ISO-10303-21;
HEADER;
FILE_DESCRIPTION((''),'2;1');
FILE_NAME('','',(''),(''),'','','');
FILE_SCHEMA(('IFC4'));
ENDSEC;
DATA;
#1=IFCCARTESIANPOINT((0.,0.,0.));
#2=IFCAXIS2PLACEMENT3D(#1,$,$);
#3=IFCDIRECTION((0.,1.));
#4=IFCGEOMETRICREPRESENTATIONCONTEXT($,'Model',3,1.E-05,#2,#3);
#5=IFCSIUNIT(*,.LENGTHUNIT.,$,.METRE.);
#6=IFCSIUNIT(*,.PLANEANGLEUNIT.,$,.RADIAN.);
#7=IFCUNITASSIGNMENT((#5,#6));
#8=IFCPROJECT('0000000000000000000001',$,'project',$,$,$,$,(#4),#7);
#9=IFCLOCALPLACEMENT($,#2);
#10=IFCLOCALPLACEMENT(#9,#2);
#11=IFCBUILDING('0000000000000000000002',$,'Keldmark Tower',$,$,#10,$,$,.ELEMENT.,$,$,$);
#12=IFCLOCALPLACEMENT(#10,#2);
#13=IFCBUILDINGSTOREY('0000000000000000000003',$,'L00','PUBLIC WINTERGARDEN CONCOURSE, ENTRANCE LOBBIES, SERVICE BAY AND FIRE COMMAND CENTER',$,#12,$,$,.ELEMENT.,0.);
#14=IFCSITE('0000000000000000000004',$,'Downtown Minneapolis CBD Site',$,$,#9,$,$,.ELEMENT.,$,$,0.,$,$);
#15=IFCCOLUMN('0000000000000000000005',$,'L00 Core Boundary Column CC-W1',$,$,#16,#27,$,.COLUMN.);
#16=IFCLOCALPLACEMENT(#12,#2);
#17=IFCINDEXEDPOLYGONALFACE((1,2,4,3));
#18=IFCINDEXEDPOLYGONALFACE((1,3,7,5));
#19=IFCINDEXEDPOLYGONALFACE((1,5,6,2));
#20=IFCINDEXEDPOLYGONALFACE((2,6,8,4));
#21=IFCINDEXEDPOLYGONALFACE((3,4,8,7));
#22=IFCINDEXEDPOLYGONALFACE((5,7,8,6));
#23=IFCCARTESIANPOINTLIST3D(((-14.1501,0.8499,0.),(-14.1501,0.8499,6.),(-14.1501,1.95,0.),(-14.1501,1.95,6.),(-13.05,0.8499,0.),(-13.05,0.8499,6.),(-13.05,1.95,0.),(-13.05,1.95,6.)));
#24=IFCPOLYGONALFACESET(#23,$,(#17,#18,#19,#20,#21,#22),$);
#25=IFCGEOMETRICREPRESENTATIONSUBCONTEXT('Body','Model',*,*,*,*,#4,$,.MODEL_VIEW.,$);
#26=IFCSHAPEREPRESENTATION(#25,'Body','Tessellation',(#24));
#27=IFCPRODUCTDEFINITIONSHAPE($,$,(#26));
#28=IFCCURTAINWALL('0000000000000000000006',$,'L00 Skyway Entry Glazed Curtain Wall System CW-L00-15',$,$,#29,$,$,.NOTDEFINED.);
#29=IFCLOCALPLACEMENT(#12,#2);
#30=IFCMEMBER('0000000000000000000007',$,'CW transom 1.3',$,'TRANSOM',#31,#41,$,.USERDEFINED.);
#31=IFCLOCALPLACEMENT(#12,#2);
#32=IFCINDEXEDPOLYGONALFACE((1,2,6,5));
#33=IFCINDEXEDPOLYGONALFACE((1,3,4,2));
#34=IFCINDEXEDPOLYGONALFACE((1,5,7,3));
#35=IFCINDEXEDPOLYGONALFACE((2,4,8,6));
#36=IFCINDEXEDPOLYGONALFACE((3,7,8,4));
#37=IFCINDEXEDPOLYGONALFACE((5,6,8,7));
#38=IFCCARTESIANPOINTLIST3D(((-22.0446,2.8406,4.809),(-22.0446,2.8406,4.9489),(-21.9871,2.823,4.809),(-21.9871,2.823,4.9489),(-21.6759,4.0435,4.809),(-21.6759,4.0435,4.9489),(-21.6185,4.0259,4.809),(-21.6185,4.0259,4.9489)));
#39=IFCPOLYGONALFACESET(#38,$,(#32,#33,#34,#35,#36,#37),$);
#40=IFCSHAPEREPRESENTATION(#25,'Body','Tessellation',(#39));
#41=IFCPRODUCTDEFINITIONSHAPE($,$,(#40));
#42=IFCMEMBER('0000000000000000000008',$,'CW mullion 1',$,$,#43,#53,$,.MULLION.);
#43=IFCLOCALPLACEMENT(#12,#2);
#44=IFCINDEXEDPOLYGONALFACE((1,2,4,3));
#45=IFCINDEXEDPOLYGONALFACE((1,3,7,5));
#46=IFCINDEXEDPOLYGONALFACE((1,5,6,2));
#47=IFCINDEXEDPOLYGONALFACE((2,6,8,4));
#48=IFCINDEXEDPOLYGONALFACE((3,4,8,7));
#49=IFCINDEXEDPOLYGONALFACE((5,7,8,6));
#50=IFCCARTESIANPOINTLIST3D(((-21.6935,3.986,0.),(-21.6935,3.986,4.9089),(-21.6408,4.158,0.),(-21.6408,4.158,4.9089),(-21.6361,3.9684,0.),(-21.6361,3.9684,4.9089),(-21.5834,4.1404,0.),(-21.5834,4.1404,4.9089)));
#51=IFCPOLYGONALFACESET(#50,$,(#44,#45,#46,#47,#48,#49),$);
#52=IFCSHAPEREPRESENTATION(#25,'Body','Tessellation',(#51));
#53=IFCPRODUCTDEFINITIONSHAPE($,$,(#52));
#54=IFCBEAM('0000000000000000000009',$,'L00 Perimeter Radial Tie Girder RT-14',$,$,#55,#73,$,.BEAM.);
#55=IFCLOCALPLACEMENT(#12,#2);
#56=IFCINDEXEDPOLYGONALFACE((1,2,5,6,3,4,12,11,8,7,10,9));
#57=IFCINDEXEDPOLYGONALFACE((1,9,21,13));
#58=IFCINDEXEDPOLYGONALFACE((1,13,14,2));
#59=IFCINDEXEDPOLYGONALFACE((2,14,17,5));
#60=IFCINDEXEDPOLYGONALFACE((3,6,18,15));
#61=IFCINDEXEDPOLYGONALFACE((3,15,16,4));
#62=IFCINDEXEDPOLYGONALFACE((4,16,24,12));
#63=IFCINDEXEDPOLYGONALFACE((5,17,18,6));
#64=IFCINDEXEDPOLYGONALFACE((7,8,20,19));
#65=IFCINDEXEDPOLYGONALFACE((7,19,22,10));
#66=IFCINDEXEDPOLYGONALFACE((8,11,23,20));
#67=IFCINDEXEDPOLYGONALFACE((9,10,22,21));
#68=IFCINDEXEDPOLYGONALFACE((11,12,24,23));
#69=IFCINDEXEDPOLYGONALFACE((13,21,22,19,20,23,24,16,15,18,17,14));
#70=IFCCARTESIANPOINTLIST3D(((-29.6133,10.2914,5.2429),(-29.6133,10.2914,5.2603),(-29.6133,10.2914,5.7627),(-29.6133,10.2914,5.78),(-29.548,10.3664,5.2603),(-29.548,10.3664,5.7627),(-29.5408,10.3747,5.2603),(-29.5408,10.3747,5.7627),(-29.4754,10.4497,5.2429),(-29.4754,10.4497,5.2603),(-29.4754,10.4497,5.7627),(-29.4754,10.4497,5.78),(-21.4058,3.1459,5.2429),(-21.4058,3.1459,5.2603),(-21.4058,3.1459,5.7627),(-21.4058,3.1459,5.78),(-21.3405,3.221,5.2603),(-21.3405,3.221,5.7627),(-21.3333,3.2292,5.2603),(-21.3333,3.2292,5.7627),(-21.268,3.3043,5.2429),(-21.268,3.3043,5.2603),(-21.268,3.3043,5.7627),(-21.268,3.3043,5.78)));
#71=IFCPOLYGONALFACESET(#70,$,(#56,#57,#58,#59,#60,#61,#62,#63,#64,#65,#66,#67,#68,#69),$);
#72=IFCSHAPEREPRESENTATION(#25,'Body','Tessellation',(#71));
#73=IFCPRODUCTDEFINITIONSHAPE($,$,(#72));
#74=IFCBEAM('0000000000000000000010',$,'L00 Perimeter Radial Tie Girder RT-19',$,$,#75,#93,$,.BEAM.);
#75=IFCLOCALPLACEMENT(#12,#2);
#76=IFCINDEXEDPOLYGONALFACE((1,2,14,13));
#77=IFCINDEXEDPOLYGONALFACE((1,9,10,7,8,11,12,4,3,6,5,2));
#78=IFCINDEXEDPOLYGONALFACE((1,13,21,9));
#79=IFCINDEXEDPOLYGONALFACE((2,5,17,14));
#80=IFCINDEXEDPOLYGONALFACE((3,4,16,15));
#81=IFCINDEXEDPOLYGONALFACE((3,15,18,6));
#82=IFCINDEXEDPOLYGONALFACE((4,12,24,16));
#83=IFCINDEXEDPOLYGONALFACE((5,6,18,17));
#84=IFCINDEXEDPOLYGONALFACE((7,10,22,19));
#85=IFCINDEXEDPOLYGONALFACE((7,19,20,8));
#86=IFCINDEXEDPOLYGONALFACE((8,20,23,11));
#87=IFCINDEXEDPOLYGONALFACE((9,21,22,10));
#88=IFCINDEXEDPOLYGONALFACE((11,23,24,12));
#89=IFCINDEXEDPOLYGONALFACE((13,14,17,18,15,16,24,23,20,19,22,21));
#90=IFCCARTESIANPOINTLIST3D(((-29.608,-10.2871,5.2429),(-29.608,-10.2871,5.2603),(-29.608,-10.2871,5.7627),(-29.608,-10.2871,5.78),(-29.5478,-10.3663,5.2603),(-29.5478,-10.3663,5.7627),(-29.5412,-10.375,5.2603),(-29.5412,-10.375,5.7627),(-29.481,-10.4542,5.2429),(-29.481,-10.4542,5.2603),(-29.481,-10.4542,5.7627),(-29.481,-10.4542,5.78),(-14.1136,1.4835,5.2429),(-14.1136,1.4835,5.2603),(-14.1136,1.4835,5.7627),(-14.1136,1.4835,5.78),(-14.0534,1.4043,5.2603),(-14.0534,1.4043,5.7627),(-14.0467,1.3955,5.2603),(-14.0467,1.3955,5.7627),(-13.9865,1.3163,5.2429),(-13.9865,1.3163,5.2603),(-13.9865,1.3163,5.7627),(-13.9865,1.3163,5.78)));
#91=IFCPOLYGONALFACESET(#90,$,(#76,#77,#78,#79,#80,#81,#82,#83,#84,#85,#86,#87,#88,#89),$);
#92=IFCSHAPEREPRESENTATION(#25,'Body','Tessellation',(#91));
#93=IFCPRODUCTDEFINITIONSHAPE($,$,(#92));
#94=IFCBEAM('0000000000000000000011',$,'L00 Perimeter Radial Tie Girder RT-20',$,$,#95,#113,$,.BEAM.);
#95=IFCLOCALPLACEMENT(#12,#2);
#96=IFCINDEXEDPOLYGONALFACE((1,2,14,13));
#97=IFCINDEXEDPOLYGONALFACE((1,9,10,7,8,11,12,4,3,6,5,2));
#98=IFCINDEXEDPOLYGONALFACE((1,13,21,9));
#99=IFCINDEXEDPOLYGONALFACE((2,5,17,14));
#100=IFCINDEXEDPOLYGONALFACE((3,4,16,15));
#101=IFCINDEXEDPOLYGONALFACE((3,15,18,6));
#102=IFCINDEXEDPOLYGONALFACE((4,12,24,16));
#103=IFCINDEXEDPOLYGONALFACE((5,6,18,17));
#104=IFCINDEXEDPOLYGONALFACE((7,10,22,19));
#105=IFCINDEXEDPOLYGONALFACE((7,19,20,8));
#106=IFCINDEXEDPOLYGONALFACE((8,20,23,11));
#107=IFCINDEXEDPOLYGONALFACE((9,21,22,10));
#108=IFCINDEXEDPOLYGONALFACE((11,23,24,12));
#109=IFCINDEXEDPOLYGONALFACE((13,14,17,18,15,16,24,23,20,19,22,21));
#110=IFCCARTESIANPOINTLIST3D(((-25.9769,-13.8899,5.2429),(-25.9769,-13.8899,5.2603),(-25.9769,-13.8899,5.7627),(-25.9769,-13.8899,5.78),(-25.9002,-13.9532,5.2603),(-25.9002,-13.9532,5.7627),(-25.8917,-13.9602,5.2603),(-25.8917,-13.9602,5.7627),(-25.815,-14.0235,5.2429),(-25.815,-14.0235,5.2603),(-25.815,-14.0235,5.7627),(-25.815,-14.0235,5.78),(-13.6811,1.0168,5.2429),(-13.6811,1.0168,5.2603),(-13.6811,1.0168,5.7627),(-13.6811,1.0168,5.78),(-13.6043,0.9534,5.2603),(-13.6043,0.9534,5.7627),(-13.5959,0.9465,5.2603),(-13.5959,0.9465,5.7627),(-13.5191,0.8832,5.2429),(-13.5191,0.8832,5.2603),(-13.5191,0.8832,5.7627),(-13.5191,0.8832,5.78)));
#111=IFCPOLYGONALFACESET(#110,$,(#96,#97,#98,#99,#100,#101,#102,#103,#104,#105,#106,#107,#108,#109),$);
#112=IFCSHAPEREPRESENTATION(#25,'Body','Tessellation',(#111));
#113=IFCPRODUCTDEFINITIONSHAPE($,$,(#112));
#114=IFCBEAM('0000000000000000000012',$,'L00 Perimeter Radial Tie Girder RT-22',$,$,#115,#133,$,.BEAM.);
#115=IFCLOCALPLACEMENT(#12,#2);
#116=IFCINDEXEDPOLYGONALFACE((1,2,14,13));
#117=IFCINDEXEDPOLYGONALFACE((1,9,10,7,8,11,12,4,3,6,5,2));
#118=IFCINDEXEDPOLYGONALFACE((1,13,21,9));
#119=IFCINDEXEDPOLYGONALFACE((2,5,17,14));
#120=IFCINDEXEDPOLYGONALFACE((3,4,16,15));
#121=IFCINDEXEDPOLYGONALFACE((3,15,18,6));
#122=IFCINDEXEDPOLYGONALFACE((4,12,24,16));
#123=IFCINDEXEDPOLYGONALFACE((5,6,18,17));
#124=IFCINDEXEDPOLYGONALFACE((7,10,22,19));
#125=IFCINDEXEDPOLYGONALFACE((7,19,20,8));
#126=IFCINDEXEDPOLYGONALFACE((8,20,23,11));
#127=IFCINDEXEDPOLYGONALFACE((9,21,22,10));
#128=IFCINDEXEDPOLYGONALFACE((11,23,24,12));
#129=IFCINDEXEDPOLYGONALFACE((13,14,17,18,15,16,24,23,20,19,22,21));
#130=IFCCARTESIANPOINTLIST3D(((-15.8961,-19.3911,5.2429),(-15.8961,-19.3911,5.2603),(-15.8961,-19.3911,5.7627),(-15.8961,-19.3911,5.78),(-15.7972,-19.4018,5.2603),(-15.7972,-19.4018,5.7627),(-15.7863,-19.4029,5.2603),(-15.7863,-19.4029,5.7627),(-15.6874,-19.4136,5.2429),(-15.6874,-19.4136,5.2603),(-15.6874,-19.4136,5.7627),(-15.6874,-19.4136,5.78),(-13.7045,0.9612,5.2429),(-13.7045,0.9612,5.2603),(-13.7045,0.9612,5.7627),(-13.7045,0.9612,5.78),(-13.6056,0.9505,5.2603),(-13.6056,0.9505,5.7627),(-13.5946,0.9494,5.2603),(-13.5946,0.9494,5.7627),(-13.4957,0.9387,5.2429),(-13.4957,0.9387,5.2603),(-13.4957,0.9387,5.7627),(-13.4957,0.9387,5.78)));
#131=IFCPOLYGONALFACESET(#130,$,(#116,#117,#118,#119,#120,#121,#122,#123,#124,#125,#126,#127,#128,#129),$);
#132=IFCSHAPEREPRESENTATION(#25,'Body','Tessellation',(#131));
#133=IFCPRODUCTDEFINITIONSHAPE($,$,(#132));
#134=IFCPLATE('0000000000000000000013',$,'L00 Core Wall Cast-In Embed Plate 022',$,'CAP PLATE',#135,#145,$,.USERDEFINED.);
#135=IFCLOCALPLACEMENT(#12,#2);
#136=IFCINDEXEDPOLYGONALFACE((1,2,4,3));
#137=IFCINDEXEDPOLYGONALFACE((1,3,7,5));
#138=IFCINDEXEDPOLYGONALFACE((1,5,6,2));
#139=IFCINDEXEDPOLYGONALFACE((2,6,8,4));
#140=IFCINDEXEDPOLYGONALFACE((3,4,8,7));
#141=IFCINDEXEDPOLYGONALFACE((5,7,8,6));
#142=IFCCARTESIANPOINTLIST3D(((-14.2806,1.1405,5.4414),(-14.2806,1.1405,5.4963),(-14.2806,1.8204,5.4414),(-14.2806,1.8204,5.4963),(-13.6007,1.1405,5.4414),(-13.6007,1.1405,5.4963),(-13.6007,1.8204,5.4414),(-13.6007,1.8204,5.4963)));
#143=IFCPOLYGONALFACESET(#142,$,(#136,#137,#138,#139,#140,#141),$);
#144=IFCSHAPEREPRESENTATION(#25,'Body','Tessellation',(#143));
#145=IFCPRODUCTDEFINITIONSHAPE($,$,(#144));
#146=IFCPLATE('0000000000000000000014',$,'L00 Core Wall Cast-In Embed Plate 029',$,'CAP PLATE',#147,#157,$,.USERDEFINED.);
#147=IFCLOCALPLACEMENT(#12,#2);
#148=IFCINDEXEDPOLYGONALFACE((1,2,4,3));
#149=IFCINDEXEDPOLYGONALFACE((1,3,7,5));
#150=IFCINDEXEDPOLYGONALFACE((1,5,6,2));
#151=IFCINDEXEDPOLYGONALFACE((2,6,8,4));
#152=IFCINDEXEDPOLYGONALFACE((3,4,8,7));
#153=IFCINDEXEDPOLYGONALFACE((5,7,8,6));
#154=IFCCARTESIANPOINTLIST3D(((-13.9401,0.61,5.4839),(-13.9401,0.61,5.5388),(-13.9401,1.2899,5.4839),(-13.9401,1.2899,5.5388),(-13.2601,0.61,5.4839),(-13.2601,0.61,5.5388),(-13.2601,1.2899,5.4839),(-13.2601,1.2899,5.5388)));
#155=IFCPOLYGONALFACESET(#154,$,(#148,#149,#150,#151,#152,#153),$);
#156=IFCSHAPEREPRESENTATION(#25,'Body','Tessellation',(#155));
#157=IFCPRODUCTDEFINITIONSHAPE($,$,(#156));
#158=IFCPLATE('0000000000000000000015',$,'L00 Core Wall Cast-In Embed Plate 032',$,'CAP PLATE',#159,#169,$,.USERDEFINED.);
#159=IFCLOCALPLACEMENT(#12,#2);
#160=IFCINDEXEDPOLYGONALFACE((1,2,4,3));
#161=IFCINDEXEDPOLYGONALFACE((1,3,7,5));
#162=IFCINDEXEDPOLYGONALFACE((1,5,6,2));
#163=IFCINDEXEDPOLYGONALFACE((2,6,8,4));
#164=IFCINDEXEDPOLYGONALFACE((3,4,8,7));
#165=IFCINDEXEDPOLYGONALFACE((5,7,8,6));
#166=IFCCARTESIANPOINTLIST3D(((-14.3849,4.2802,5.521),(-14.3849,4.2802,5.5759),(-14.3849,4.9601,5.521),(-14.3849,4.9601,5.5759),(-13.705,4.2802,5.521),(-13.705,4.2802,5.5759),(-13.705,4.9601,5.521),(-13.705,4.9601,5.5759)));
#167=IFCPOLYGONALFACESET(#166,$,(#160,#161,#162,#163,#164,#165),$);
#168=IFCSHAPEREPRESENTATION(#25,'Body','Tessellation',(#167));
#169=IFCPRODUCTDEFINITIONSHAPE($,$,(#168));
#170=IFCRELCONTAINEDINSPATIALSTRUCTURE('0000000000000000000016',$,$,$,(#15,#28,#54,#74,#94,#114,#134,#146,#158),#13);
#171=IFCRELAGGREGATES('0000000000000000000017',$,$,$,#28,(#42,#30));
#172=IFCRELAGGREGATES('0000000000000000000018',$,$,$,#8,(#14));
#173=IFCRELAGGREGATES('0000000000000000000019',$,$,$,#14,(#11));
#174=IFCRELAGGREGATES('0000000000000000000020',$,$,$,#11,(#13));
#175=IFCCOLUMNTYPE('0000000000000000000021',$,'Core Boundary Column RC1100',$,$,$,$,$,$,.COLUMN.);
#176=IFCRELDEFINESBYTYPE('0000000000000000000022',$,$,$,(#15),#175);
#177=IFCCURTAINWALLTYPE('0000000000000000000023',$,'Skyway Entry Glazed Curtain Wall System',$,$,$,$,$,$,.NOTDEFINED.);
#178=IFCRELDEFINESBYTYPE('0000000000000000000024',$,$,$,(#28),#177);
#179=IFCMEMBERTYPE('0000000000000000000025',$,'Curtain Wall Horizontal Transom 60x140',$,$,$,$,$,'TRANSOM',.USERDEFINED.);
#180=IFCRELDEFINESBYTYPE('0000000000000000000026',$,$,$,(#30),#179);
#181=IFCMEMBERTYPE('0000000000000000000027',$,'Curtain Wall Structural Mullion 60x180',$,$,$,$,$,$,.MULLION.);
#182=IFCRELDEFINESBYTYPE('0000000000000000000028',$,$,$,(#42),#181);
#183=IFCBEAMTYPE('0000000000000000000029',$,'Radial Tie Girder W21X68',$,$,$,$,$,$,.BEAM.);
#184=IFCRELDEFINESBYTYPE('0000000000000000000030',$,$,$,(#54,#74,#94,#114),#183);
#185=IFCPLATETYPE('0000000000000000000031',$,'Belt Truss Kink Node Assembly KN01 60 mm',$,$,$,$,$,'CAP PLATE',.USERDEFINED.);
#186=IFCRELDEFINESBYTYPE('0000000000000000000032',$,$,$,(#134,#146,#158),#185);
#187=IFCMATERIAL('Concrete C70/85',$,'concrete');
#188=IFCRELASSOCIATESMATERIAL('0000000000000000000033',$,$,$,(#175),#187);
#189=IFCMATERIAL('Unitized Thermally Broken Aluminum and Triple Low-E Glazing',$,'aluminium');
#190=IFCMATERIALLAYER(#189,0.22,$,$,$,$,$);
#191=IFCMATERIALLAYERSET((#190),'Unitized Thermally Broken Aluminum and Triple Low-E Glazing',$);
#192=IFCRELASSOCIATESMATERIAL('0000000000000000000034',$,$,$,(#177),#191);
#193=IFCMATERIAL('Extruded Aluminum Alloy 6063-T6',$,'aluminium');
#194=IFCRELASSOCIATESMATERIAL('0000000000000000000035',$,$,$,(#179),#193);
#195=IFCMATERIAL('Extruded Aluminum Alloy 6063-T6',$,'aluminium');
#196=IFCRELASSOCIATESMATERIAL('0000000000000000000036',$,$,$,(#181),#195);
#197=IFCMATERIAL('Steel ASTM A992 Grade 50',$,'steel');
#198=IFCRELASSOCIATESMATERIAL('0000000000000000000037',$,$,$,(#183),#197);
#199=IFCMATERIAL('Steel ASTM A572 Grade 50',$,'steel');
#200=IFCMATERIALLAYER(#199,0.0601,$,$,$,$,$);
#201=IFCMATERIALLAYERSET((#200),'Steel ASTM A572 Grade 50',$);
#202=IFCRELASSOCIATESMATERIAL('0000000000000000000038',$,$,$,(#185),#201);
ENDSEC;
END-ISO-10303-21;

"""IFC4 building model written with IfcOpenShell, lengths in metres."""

from ifc_helpers import new_model, si_unit, direction, frame, origin, origin_2d, place, context, subcontext, project, spatial, rectangle, i_section, extrude, material, layer, layer_set, material_profile, profile_set, type_object, element, aggregate, save


model = new_model("IFC4")

# Units and contexts
model_context = context("Model", 3, precision=1e-05, world=origin(), true_north=direction((0.0, 1.0)))
body_context = subcontext(model_context, "Body", "Model", "MODEL_VIEW")
ifc_project = project(units=[si_unit("LENGTHUNIT", "METRE"), si_unit("PLANEANGLEUNIT", "RADIAN")], contexts=[model_context])

# Site, building, storey
site_placement = place(None, origin())
site = spatial("IfcSite", under=ifc_project, at=site_placement, Name="Downtown Minneapolis CBD Site", CompositionType="ELEMENT", RefElevation=0.0)
building_placement = place(site_placement, origin())
building = spatial("IfcBuilding", under=site, at=building_placement, Name="Keldmark Tower", CompositionType="ELEMENT")
storey_placement = place(building_placement, origin())
storey = spatial("IfcBuildingStorey", under=building, at=storey_placement, Name="L00", Description="PUBLIC WINTERGARDEN CONCOURSE, ENTRANCE LOBBIES, SERVICE BAY AND FIRE COMMAND CENTER", CompositionType="ELEMENT", Elevation=0.0)

# Column
ifc_material_1 = material(Name="Concrete C70/85", Category="concrete")
ifc_material_profile_1 = material_profile(ifc_material_1, rectangle(XDim=1.1001, YDim=1.1001, at=origin_2d()), Name="RC1100X1100")
ifc_profile_set_1 = profile_set([ifc_material_profile_1], Name="Concrete C70/85")
column_type = type_object("IfcColumnType", Name="Core Boundary Column RC1100", PredefinedType="COLUMN", material=ifc_profile_set_1)
column_placement = place(storey_placement, frame((-13.6001, 1.3999, 0.0), z_axis=(0.0, 0.0, 1.0), x_axis=(1.0, 0.0, 0.0)))
element("IfcColumn", 1, at=column_placement, inside=storey, type_object=column_type, Name="L00 Core Boundary Column CC-W1", PredefinedType="COLUMN", context=body_context, shape_type="SweptSolid", body=[
    extrude(rectangle(XDim=1.1001, YDim=1.1001, at=origin_2d()), origin(), (0.0, 0.0, 1.0), 6.0),
])

# Curtain wall, members
ifc_material_2 = material(Name="Unitized Thermally Broken Aluminum and Triple Low-E Glazing", Category="aluminium")
ifc_layer_1 = layer(ifc_material_2, 0.22)
ifc_layer_set_1 = layer_set([ifc_layer_1], Name="Unitized Thermally Broken Aluminum and Triple Low-E Glazing")
curtain_wall_type = type_object("IfcCurtainWallType", Name="Skyway Entry Glazed Curtain Wall System", PredefinedType="NOTDEFINED", material=ifc_layer_set_1)
curtain_wall_placement = place(storey_placement, origin())
curtain_wall = element("IfcCurtainWall", 2, at=curtain_wall_placement, inside=storey, type_object=curtain_wall_type, Name="L00 Skyway Entry Glazed Curtain Wall System CW-L00-15", PredefinedType="NOTDEFINED")
ifc_material_3 = material(Name="Extruded Aluminum Alloy 6063-T6", Category="aluminium")
ifc_material_profile_2 = material_profile(ifc_material_3, rectangle(XDim=0.0601, YDim=0.1399, at=origin_2d()), Name="CWT60X140")
ifc_profile_set_2 = profile_set([ifc_material_profile_2], Name="Extruded Aluminum Alloy 6063-T6")
member_type_1 = type_object("IfcMemberType", Name="Curtain Wall Horizontal Transom 60x140", ElementType="TRANSOM", PredefinedType="USERDEFINED", material=ifc_profile_set_2)
member_1_placement = place(storey_placement, frame((-21.6472, 4.0347, 4.8789), z_axis=(-0.293022, -0.956106, 0.0), x_axis=(0.956106, -0.293022, 0.0)))
member_1 = element("IfcMember", 3, at=member_1_placement, type_object=member_type_1, Name="CW transom 1.3", ObjectType="TRANSOM", PredefinedType="USERDEFINED", context=body_context, shape_type="SweptSolid", body=[
    extrude(rectangle(XDim=0.0601, YDim=0.1399, at=origin_2d()), origin(), (0.0, 0.0, 1.0), 1.2581),
])
ifc_material_4 = material(Name="Extruded Aluminum Alloy 6063-T6", Category="aluminium")
ifc_material_profile_3 = material_profile(ifc_material_4, rectangle(XDim=0.0601, YDim=0.1799, at=origin_2d()), Name="CWM60X180")
ifc_profile_set_3 = profile_set([ifc_material_profile_3], Name="Extruded Aluminum Alloy 6063-T6")
member_type_2 = type_object("IfcMemberType", Name="Curtain Wall Structural Mullion 60x180", PredefinedType="MULLION", material=ifc_profile_set_3)
member_2_placement = place(storey_placement, frame((-21.6384, 4.0632, 0.0), z_axis=(0.0, 0.0, 1.0), x_axis=(0.956106, -0.293022, 0.0)))
member_2 = element("IfcMember", 4, at=member_2_placement, type_object=member_type_2, Name="CW mullion 1", PredefinedType="MULLION", context=body_context, shape_type="SweptSolid", body=[
    extrude(rectangle(XDim=0.0601, YDim=0.1799, at=origin_2d()), origin(), (0.0, 0.0, 1.0), 4.9089),
])
aggregate(curtain_wall, [member_2, member_1])

# Beams
ifc_material_5 = material(Name="Steel ASTM A992 Grade 50", Category="steel")
ifc_material_profile_4 = material_profile(ifc_material_5, i_section(OverallWidth=0.21, OverallDepth=0.5371, WebThickness=0.011, FlangeThickness=0.0173, at=origin_2d()), Name="W21X68")
ifc_profile_set_4 = profile_set([ifc_material_profile_4], Name="Steel ASTM A992 Grade 50")
beam_type = type_object("IfcBeamType", Name="Radial Tie Girder W21X68", PredefinedType="BEAM", material=ifc_profile_set_4)
beam_1_placement = place(storey_placement, frame((-21.3369, 3.2251, 5.5115), z_axis=(-0.754217, 0.656625, 0.0), x_axis=(-0.656625, -0.754217, 0.0)))
element("IfcBeam", 5, at=beam_1_placement, inside=storey, type_object=beam_type, Name="L00 Perimeter Radial Tie Girder RT-14", PredefinedType="BEAM", context=body_context, shape_type="SweptSolid", body=[
    extrude(i_section(OverallWidth=0.21, OverallDepth=0.5371, WebThickness=0.011, FlangeThickness=0.0173, at=origin_2d()), origin(), (0.0, 0.0, 1.0), 10.8821),
])
beam_2_placement = place(storey_placement, frame((-14.05, 1.3999, 5.5115), z_axis=(-0.796292, -0.604913, 0.0), x_axis=(0.604913, -0.796292, 0.0)))
element("IfcBeam", 6, at=beam_2_placement, inside=storey, type_object=beam_type, Name="L00 Perimeter Radial Tie Girder RT-19", PredefinedType="BEAM", context=body_context, shape_type="SweptSolid", body=[
    extrude(i_section(OverallWidth=0.21, OverallDepth=0.5371, WebThickness=0.011, FlangeThickness=0.0173, at=origin_2d()), origin(), (0.0, 0.0, 1.0), 19.4583),
])
beam_3_placement = place(storey_placement, frame((-13.6001, 0.95, 5.5115), z_axis=(-0.636316, -0.771428, 0.0), x_axis=(0.771428, -0.636316, 0.0)))
element("IfcBeam", 7, at=beam_3_placement, inside=storey, type_object=beam_type, Name="L00 Perimeter Radial Tie Girder RT-20", PredefinedType="BEAM", context=body_context, shape_type="SweptSolid", body=[
    extrude(i_section(OverallWidth=0.21, OverallDepth=0.5371, WebThickness=0.011, FlangeThickness=0.0173, at=origin_2d()), origin(), (0.0, 0.0, 1.0), 19.3235),
])
beam_4_placement = place(storey_placement, frame((-13.6001, 0.95, 5.5115), z_axis=(-0.107067, -0.994252, 0.0), x_axis=(0.994252, -0.107067, 0.0)))
element("IfcBeam", 8, at=beam_4_placement, inside=storey, type_object=beam_type, Name="L00 Perimeter Radial Tie Girder RT-22", PredefinedType="BEAM", context=body_context, shape_type="SweptSolid", body=[
    extrude(i_section(OverallWidth=0.21, OverallDepth=0.5371, WebThickness=0.011, FlangeThickness=0.0173, at=origin_2d()), origin(), (0.0, 0.0, 1.0), 20.47),
])

# Plates
ifc_material_6 = material(Name="Steel ASTM A572 Grade 50", Category="steel")
ifc_layer_2 = layer(ifc_material_6, 0.0601)
ifc_layer_set_2 = layer_set([ifc_layer_2], Name="Steel ASTM A572 Grade 50")
plate_type = type_object("IfcPlateType", Name="Belt Truss Kink Node Assembly KN01 60 mm", ElementType="CAP PLATE", PredefinedType="USERDEFINED", material=ifc_layer_set_2)
for number, where, z_axis, x_axis, name in (
    (9, (-13.9407, 1.4805, 5.4414), (0.0, 0.0, 1.0), (1.0, 0.0, 0.0), "L00 Core Wall Cast-In Embed Plate 022"),
    (10, (-13.6001, 0.95, 5.4839), (0.0, 0.0, 1.0), (1.0, 0.0, 0.0), "L00 Core Wall Cast-In Embed Plate 029"),
    (11, (-14.0449, 4.6201, 5.521), (0.0, 0.0, 1.0), (1.0, 0.0, 0.0), "L00 Core Wall Cast-In Embed Plate 032"),
):
    element("IfcPlate", number, at=place(storey_placement, frame(where, z_axis=z_axis, x_axis=x_axis)), inside=storey, type_object=plate_type, Name=name, ObjectType="CAP PLATE", PredefinedType="USERDEFINED", context=body_context, shape_type="SweptSolid", body=[
        extrude(rectangle(XDim=0.6799, YDim=0.6799, at=origin_2d()), origin(), (0.0, 0.0, 1.0), 0.0549),
    ])

save(model, "model.ifc")
